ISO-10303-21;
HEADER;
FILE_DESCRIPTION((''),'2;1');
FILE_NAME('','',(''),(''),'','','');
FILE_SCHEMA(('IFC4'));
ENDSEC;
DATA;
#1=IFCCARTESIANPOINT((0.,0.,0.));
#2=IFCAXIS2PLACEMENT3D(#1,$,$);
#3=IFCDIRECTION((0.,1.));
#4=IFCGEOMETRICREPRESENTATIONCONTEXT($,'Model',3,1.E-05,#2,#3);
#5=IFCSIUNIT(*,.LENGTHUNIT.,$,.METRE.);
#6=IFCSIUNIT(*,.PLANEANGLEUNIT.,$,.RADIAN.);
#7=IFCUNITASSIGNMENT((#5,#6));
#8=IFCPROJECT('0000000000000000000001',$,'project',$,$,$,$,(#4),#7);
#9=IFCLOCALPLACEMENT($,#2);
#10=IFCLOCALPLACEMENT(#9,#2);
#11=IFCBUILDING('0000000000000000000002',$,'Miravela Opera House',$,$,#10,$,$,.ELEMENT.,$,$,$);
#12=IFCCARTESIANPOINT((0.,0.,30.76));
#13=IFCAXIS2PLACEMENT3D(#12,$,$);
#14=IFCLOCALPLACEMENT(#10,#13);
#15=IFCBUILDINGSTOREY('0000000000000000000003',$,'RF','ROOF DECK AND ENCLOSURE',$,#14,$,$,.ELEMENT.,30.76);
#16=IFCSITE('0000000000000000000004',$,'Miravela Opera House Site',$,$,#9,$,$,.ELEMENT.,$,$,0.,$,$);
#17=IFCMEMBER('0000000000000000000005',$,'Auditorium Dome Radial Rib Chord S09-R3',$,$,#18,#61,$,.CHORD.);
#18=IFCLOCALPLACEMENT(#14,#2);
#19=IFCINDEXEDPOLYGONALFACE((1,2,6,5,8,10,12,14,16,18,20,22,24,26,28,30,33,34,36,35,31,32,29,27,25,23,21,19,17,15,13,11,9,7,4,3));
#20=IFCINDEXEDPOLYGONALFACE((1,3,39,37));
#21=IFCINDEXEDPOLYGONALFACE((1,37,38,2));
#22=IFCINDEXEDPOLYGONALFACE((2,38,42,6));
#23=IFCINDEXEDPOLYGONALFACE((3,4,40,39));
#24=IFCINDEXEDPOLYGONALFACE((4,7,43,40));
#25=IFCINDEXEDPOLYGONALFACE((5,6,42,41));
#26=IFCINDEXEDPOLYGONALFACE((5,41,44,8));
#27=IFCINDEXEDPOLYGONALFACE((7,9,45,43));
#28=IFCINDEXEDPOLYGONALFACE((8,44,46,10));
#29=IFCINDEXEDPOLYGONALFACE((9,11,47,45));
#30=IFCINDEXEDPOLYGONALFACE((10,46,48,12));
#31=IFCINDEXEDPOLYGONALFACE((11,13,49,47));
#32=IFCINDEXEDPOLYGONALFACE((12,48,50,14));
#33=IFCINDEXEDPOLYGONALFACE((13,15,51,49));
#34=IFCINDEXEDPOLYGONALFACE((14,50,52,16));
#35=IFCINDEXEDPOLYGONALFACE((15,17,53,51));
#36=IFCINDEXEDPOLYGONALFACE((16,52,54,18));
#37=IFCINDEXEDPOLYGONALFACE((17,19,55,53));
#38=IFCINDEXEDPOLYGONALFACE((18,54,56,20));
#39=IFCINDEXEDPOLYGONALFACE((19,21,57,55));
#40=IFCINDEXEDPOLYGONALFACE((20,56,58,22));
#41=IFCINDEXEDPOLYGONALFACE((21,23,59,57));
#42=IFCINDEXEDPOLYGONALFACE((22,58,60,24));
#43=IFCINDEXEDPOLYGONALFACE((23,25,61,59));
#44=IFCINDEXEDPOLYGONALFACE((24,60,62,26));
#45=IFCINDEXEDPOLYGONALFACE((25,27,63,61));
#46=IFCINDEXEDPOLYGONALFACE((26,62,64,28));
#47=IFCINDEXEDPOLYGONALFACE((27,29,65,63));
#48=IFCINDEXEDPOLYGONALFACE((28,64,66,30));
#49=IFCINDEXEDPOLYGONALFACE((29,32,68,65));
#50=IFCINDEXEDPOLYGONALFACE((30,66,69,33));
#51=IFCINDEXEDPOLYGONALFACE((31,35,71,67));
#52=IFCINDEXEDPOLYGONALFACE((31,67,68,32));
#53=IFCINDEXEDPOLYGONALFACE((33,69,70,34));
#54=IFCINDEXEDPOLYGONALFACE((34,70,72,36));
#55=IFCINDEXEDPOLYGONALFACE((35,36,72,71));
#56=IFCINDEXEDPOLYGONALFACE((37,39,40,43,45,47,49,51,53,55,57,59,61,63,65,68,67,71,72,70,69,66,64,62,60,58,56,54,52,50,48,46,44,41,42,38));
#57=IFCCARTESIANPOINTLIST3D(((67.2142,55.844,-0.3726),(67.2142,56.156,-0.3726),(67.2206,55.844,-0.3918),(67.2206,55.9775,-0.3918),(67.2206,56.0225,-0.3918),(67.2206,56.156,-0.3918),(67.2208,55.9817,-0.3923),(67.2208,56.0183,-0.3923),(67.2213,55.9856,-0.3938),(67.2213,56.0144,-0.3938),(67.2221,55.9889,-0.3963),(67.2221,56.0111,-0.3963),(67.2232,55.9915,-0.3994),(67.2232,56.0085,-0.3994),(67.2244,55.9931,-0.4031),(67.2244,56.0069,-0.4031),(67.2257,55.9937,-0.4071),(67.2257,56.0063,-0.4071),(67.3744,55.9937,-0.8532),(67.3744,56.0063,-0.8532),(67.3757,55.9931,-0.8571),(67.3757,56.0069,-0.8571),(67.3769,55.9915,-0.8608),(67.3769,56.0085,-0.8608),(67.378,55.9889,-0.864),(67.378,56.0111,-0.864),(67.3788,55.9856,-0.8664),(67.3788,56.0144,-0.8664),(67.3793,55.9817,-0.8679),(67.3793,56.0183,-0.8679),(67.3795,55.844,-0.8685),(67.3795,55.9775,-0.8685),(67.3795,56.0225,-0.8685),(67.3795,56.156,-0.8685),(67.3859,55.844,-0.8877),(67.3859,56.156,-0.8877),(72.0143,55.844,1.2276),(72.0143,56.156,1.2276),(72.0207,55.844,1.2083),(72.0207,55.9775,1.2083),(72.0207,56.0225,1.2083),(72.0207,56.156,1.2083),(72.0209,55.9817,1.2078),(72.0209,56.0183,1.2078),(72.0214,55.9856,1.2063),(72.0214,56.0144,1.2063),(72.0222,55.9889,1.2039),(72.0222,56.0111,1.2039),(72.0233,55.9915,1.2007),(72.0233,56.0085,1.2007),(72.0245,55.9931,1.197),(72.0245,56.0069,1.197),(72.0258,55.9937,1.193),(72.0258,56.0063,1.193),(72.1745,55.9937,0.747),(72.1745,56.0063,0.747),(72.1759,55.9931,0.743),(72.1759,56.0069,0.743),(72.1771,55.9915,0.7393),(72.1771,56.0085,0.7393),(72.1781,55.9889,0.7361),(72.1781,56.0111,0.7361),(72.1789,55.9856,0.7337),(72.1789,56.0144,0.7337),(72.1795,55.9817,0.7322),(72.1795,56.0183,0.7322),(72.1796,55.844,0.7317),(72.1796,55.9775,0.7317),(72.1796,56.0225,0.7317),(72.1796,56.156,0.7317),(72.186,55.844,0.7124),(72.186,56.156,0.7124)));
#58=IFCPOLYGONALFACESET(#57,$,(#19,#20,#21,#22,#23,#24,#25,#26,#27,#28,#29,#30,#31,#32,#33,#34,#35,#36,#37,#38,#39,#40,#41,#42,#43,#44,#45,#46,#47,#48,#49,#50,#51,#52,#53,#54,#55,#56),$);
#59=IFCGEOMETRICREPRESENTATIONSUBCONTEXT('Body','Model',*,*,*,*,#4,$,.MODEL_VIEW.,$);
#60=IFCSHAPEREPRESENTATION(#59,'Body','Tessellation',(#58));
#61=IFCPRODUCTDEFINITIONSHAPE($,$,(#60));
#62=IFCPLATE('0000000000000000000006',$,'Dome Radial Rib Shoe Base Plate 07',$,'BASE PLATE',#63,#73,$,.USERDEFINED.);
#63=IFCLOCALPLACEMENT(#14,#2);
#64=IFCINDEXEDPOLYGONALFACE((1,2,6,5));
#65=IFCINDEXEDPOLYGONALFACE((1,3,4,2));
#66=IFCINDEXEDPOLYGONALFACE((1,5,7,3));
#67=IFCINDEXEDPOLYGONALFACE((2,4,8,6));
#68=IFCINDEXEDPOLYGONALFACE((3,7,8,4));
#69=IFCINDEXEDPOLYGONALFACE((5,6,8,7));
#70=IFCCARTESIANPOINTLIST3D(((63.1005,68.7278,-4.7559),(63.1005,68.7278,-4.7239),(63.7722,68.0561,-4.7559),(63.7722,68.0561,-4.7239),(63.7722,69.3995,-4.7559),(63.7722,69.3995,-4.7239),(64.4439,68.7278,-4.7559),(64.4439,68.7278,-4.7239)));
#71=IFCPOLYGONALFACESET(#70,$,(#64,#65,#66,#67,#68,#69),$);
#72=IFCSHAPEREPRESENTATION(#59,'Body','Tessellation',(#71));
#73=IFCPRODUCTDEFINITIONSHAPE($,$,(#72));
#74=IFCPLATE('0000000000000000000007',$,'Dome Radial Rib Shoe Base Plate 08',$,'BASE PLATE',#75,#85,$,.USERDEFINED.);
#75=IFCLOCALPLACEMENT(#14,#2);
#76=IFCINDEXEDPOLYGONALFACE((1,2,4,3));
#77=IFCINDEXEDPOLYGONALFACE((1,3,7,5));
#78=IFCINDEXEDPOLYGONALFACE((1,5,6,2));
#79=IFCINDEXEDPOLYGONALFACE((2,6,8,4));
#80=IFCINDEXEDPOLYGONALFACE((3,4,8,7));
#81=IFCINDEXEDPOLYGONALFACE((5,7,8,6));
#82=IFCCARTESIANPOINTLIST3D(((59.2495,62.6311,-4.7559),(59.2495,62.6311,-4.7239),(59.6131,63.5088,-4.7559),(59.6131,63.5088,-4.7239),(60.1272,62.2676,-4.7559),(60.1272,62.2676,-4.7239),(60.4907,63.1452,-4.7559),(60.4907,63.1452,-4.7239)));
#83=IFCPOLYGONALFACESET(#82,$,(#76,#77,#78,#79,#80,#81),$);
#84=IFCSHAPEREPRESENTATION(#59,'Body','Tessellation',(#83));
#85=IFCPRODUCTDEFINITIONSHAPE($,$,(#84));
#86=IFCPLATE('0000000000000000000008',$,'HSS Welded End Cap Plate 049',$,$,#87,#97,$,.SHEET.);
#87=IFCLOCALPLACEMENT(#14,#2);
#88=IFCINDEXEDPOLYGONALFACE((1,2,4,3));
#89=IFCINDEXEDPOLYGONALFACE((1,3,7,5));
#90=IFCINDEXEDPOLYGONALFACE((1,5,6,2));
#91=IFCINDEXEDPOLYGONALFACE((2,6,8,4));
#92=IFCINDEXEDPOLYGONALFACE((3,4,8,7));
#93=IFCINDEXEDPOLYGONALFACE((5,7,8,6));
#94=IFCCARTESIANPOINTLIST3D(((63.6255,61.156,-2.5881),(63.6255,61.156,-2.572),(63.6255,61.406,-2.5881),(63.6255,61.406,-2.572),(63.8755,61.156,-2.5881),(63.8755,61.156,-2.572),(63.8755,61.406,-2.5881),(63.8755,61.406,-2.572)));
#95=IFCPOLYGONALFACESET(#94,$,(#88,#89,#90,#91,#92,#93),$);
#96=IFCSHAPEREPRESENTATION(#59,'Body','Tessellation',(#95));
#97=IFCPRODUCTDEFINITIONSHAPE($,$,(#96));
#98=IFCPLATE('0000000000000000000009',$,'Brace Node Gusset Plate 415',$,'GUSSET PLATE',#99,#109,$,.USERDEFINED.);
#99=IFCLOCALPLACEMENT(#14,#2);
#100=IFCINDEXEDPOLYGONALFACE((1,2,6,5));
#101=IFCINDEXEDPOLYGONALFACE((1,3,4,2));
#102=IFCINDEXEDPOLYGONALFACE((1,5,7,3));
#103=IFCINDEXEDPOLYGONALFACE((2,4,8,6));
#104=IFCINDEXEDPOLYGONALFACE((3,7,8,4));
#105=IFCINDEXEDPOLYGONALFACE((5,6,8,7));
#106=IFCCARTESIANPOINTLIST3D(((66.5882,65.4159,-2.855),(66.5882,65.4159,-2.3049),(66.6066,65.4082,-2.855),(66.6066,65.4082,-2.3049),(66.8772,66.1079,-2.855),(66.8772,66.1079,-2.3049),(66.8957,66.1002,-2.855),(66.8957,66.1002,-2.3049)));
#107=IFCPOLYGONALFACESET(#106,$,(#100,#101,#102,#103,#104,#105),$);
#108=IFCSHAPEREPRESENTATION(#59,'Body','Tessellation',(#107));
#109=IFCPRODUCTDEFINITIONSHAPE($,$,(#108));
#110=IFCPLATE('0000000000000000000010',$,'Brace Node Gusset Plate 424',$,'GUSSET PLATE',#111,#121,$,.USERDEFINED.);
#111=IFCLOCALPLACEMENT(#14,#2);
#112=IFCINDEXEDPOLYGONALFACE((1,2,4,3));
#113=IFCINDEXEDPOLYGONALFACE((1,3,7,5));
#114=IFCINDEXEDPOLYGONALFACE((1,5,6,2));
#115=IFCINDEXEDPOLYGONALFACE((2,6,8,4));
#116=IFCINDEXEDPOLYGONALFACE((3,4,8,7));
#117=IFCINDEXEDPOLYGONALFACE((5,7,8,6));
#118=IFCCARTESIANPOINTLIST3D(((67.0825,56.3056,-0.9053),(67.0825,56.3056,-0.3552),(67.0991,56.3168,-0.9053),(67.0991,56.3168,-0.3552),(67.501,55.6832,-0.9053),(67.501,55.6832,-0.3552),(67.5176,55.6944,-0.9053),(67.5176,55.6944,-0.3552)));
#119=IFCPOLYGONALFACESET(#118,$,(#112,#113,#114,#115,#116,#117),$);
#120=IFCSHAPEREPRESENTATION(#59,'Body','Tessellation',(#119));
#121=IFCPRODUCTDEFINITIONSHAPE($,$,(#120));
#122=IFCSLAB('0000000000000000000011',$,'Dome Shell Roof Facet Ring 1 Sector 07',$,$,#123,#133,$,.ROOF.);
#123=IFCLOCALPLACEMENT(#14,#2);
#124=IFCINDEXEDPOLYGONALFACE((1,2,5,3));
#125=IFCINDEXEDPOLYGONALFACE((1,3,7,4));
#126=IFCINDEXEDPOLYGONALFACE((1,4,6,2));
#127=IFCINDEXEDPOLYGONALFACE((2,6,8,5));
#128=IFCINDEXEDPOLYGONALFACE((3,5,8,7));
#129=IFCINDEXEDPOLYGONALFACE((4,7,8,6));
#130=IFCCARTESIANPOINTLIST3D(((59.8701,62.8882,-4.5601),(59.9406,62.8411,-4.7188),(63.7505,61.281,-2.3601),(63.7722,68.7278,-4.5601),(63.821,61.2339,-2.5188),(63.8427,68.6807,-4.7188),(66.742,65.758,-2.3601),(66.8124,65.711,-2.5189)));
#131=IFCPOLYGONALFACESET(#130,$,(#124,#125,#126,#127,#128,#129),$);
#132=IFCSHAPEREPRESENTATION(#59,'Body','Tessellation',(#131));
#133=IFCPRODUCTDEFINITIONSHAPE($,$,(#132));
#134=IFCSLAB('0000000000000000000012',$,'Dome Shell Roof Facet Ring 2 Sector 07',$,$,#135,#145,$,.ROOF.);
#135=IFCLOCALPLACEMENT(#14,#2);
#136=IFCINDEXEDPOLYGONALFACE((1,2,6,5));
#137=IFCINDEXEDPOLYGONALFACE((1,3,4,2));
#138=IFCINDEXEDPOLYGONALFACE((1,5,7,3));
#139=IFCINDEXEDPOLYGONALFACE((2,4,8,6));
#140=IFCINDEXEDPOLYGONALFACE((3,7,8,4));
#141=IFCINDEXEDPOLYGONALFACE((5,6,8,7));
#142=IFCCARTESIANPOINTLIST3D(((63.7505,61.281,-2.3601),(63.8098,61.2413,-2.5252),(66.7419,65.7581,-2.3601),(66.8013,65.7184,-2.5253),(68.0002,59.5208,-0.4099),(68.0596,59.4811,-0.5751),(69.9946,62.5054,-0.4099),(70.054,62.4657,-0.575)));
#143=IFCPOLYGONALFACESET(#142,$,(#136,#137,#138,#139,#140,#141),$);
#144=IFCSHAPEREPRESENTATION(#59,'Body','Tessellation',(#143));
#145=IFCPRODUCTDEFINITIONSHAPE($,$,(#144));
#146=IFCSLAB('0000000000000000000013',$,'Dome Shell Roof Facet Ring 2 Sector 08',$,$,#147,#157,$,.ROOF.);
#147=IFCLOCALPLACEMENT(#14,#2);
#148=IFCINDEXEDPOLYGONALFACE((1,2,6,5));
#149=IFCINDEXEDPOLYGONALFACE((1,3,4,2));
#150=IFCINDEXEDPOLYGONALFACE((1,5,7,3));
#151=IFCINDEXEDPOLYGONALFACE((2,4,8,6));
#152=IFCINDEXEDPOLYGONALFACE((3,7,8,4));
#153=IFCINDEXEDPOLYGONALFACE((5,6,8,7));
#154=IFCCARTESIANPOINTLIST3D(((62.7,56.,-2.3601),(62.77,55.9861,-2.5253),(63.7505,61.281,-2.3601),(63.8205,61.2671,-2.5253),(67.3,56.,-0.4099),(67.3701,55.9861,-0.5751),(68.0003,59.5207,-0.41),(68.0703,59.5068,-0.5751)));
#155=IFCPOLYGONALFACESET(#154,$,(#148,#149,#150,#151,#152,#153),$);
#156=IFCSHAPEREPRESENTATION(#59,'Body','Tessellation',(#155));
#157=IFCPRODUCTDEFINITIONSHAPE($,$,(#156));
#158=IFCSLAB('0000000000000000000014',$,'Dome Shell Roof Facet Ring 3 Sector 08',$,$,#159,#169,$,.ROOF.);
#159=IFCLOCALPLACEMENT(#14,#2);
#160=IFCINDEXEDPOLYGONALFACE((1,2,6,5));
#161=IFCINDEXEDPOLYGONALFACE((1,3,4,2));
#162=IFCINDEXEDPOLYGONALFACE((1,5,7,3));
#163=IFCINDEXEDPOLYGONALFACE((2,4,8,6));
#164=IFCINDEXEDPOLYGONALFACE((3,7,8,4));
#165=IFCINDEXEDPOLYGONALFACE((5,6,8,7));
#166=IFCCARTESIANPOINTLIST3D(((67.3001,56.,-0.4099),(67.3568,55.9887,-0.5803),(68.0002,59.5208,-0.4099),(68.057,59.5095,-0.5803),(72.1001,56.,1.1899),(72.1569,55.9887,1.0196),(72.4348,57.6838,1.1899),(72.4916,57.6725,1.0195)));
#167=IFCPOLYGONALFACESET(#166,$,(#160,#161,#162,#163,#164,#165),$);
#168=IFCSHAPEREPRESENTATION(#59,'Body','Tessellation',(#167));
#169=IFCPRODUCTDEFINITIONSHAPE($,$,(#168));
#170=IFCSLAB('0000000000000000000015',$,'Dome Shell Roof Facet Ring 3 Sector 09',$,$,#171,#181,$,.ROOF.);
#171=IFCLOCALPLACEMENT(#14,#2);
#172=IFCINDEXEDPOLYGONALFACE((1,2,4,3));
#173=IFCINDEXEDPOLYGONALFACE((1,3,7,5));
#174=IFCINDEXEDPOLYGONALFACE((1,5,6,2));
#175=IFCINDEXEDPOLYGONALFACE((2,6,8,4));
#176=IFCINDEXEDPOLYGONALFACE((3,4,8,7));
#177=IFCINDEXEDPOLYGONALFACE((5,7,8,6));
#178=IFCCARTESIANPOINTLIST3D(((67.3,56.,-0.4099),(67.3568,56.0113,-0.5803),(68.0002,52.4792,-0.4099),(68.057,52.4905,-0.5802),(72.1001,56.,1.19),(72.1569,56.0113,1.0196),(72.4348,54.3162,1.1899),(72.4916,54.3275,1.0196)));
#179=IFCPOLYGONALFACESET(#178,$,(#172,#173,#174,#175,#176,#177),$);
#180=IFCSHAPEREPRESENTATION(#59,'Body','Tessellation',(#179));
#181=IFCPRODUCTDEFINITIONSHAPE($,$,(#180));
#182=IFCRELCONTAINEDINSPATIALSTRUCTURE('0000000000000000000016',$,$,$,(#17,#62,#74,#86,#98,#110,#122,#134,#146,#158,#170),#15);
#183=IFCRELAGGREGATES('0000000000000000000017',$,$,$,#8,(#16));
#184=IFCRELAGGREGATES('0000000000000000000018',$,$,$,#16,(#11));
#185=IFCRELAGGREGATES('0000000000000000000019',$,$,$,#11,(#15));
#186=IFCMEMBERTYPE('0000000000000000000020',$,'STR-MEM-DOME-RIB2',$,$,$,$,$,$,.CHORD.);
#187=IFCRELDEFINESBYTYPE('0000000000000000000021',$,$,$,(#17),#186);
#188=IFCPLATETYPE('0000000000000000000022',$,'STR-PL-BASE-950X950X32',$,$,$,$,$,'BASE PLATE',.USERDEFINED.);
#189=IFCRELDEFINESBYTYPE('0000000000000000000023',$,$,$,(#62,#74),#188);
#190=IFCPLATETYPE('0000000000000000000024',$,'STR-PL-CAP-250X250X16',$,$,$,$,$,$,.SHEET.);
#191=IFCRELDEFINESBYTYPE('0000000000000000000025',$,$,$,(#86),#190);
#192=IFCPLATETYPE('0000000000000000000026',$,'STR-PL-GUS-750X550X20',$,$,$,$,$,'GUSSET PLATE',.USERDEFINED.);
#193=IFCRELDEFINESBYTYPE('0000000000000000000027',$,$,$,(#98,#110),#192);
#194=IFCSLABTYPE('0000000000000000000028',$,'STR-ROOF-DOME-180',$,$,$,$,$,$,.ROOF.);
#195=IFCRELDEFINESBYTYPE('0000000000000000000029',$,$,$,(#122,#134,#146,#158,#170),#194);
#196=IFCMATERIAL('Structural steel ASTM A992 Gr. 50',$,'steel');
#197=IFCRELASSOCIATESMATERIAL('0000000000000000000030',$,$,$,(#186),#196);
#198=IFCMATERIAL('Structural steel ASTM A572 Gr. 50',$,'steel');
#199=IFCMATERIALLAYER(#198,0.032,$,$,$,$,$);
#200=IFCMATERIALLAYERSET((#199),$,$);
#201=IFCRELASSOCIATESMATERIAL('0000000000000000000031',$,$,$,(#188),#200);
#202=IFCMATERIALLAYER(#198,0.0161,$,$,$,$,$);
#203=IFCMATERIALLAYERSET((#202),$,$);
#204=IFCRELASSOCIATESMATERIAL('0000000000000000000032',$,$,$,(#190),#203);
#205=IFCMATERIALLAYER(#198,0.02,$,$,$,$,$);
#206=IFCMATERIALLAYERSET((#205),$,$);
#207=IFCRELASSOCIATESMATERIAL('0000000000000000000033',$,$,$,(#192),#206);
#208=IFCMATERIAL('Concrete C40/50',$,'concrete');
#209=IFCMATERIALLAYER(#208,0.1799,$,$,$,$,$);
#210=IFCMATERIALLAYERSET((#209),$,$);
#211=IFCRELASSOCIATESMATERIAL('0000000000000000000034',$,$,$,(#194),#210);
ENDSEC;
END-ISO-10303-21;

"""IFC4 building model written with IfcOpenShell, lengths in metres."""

from ifc_helpers import new_model, si_unit, direction, frame, origin, origin_2d, place, context, subcontext, project, spatial, polyline, rectangle, i_section, outline, extrude, material, layer, layer_set, material_profile, profile_set, type_object, element, save


model = new_model("IFC4")

# Units and contexts
model_context = context("Model", 3, precision=1e-05, world=origin(), true_north=direction((0.0, 1.0)))
body_context = subcontext(model_context, "Body", "Model", "MODEL_VIEW")
ifc_project = project(units=[si_unit("LENGTHUNIT", "METRE"), si_unit("PLANEANGLEUNIT", "RADIAN")], contexts=[model_context])

# Site, building, storey
site_placement = place(None, origin())
site = spatial("IfcSite", under=ifc_project, at=site_placement, Name="Miravela Opera House Site", CompositionType="ELEMENT", RefElevation=0.0)
building_placement = place(site_placement, origin())
building = spatial("IfcBuilding", under=site, at=building_placement, Name="Miravela Opera House", CompositionType="ELEMENT")
storey_placement = place(building_placement, frame((0.0, 0.0, 30.76)))
storey = spatial("IfcBuildingStorey", under=building, at=storey_placement, Name="RF", Description="ROOF DECK AND ENCLOSURE", CompositionType="ELEMENT", Elevation=30.76)

# Shared definitions
ifc_material_1 = material(Name="Structural steel ASTM A992 Gr. 50", Category="steel")

# Member
ifc_material_profile_1 = material_profile(ifc_material_1, i_section(OverallWidth=0.312, OverallDepth=0.543, WebThickness=0.0127, FlangeThickness=0.0203, FilletRadius=0.0161, at=origin_2d()), Name="W530X150")
ifc_profile_set_1 = profile_set([ifc_material_profile_1])
member_type_1 = type_object("IfcMemberType", Name="STR-MEM-DOME-RIB2", PredefinedType="CHORD", material=ifc_profile_set_1)
member_1_placement = place(storey_placement, frame((67.3, 56.0, -0.6301), z_axis=(0.948678, 0.0, 0.316242), x_axis=(0.0, 1.0, 0.0)))
element("IfcMember", 1, at=member_1_placement, inside=storey, type_object=member_type_1, Name="Auditorium Dome Radial Rib Chord S09-R3", PredefinedType="CHORD", context=body_context, shape_type="SweptSolid", body=[
    extrude(i_section(OverallWidth=0.312, OverallDepth=0.543, WebThickness=0.0127, FlangeThickness=0.0203, FilletRadius=0.0161, at=origin_2d()), origin(), (0.0, 0.0, 1.0), 5.0598),
])

# Plates
ifc_material_2 = material(Name="Structural steel ASTM A572 Gr. 50", Category="steel")
ifc_layer_1 = layer(ifc_material_2, 0.032)
ifc_layer_set_1 = layer_set([ifc_layer_1])
plate_type_1 = type_object("IfcPlateType", Name="STR-PL-BASE-950X950X32", ElementType="BASE PLATE", PredefinedType="USERDEFINED", material=ifc_layer_set_1)
for number, where, z_axis, x_axis, name in (
    (2, (63.7722, 68.7278, -4.7559), (0.0, 0.0, 1.0), (-0.707107, 0.707107, 0.0), "Dome Radial Rib Shoe Base Plate 07"),
    (3, (59.8701, 62.8882, -4.7559), (0.0, 0.0, 1.0), (-0.92388, 0.382683, 0.0), "Dome Radial Rib Shoe Base Plate 08"),
):
    element("IfcPlate", number, at=place(storey_placement, frame(where, z_axis=z_axis, x_axis=x_axis)), inside=storey, type_object=plate_type_1, Name=name, ObjectType="BASE PLATE", PredefinedType="USERDEFINED", context=body_context, shape_type="SweptSolid", body=[
        extrude(rectangle(XDim=0.95, YDim=0.95, at=origin_2d()), origin(), (0.0, 0.0, 1.0), 0.032),
    ])
ifc_layer_2 = layer(ifc_material_2, 0.0161)
ifc_layer_set_2 = layer_set([ifc_layer_2])
plate_type_2 = type_object("IfcPlateType", Name="STR-PL-CAP-250X250X16", PredefinedType="SHEET", material=ifc_layer_set_2)
plate_placement = place(storey_placement, frame((63.7505, 61.281, -2.5881), z_axis=(0.0, 0.0, 1.0), x_axis=(1.0, 0.0, 0.0)))
element("IfcPlate", 4, at=plate_placement, inside=storey, type_object=plate_type_2, Name="HSS Welded End Cap Plate 049", PredefinedType="SHEET", context=body_context, shape_type="SweptSolid", body=[
    extrude(rectangle(XDim=0.25, YDim=0.25, at=origin_2d()), origin(), (0.0, 0.0, 1.0), 0.0161),
])
ifc_layer_3 = layer(ifc_material_2, 0.02)
ifc_layer_set_3 = layer_set([ifc_layer_3])
plate_type_3 = type_object("IfcPlateType", Name="STR-PL-GUS-750X550X20", ElementType="GUSSET PLATE", PredefinedType="USERDEFINED", material=ifc_layer_set_3)
for number, where, z_axis, x_axis, name in (
    (5, (66.7419, 65.7581, -2.855), (0.0, 0.0, 1.0), (0.385423, 0.92274, 0.0), "Brace Node Gusset Plate 415"),
    (6, (67.3, 56.0, -0.9053), (0.0, 0.0, 1.0), (-0.55789, 0.829915, 0.0), "Brace Node Gusset Plate 424"),
):
    element("IfcPlate", number, at=place(storey_placement, frame(where, z_axis=z_axis, x_axis=x_axis)), inside=storey, type_object=plate_type_3, Name=name, ObjectType="GUSSET PLATE", PredefinedType="USERDEFINED", context=body_context, shape_type="SweptSolid", body=[
        extrude(rectangle(XDim=0.75, YDim=0.02, at=origin_2d()), origin(), (0.0, 0.0, 1.0), 0.55),
    ])

# Slabs
ifc_material_3 = material(Name="Concrete C40/50", Category="concrete")
ifc_layer_4 = layer(ifc_material_3, 0.1799)
ifc_layer_set_4 = layer_set([ifc_layer_4])
slab_type = type_object("IfcSlabType", Name="STR-ROOF-DOME-180", PredefinedType="ROOF", material=ifc_layer_set_4)
slab_1_placement = place(storey_placement, frame((63.7722, 68.7278, -4.5601), z_axis=(-0.391697, 0.261731, 0.882083), x_axis=(-0.555588, -0.831458, -0.000005)))
element("IfcSlab", 7, at=slab_1_placement, inside=storey, type_object=slab_type, Name="Dome Shell Roof Facet Ring 1 Sector 07", PredefinedType="ROOF", context=body_context, shape_type="SweptSolid", body=[
    extrude(outline(polyline([(0.0, 0.0), (7.0233, 0.0), (6.2037, 4.6699), (0.8192, 4.6698), (0.0, 0.0)])), origin(), (0.0, 0.0, -1.0), 0.1799),
])
slab_2_placement = place(storey_placement, frame((66.7419, 65.7581, -2.3601), z_axis=(-0.329911, 0.220445, 0.917912), x_axis=(-0.55557, -0.83147, 0.000005)))
element("IfcSlab", 8, at=slab_2_placement, inside=storey, type_object=slab_type, Name="Dome Shell Roof Facet Ring 2 Sector 07", PredefinedType="ROOF", context=body_context, shape_type="SweptSolid", body=[
    extrude(outline(polyline([(0.0, 0.0), (5.3845, 0.0), (4.4871, 4.915), (0.8974, 4.9151), (0.0, 0.0)])), origin(), (0.0, 0.0, -1.0), 0.1799),
])
slab_3_placement = place(storey_placement, frame((63.7505, 61.281, -2.3601), z_axis=(-0.389156, 0.077406, 0.917914), x_axis=(-0.195102, -0.980783, -0.000007)))
element("IfcSlab", 9, at=slab_3_placement, inside=storey, type_object=slab_type, Name="Dome Shell Roof Facet Ring 2 Sector 08", PredefinedType="ROOF", context=body_context, shape_type="SweptSolid", body=[
    extrude(outline(polyline([(0.0, 0.0), (5.3845, 0.0), (4.487, 4.9151), (0.8973, 4.915), (0.0, 0.0)])), origin(), (0.0, 0.0, -1.0), 0.1799),
])
slab_4_placement = place(storey_placement, frame((68.0002, 59.5208, -0.4099), z_axis=(-0.315582, 0.062752, 0.946821), x_axis=(-0.195054, -0.980793, -0.000009)))
element("IfcSlab", 10, at=slab_4_placement, inside=storey, type_object=slab_type, Name="Dome Shell Roof Facet Ring 3 Sector 08", PredefinedType="ROOF", context=body_context, shape_type="SweptSolid", body=[
    extrude(outline(polyline([(0.0, 0.0), (3.5897, 0.0), (2.6534, 4.9723), (0.9366, 4.9721), (0.0, 0.0)])), origin(), (0.0, 0.0, -1.0), 0.1799),
])
slab_5_placement = place(storey_placement, frame((67.3, 56.0, -0.4099), z_axis=(-0.315582, -0.062752, 0.946821), x_axis=(0.195054, -0.980793, 0.000009)))
element("IfcSlab", 11, at=slab_5_placement, inside=storey, type_object=slab_type, Name="Dome Shell Roof Facet Ring 3 Sector 09", PredefinedType="ROOF", context=body_context, shape_type="SweptSolid", body=[
    extrude(outline(polyline([(0.0, 0.0), (3.5897, 0.0), (2.6531, 4.9721), (0.9363, 4.9723), (0.0, 0.0)])), origin(), (0.0, 0.0, -1.0), 0.1799),
])

save(model, "model.ifc")
